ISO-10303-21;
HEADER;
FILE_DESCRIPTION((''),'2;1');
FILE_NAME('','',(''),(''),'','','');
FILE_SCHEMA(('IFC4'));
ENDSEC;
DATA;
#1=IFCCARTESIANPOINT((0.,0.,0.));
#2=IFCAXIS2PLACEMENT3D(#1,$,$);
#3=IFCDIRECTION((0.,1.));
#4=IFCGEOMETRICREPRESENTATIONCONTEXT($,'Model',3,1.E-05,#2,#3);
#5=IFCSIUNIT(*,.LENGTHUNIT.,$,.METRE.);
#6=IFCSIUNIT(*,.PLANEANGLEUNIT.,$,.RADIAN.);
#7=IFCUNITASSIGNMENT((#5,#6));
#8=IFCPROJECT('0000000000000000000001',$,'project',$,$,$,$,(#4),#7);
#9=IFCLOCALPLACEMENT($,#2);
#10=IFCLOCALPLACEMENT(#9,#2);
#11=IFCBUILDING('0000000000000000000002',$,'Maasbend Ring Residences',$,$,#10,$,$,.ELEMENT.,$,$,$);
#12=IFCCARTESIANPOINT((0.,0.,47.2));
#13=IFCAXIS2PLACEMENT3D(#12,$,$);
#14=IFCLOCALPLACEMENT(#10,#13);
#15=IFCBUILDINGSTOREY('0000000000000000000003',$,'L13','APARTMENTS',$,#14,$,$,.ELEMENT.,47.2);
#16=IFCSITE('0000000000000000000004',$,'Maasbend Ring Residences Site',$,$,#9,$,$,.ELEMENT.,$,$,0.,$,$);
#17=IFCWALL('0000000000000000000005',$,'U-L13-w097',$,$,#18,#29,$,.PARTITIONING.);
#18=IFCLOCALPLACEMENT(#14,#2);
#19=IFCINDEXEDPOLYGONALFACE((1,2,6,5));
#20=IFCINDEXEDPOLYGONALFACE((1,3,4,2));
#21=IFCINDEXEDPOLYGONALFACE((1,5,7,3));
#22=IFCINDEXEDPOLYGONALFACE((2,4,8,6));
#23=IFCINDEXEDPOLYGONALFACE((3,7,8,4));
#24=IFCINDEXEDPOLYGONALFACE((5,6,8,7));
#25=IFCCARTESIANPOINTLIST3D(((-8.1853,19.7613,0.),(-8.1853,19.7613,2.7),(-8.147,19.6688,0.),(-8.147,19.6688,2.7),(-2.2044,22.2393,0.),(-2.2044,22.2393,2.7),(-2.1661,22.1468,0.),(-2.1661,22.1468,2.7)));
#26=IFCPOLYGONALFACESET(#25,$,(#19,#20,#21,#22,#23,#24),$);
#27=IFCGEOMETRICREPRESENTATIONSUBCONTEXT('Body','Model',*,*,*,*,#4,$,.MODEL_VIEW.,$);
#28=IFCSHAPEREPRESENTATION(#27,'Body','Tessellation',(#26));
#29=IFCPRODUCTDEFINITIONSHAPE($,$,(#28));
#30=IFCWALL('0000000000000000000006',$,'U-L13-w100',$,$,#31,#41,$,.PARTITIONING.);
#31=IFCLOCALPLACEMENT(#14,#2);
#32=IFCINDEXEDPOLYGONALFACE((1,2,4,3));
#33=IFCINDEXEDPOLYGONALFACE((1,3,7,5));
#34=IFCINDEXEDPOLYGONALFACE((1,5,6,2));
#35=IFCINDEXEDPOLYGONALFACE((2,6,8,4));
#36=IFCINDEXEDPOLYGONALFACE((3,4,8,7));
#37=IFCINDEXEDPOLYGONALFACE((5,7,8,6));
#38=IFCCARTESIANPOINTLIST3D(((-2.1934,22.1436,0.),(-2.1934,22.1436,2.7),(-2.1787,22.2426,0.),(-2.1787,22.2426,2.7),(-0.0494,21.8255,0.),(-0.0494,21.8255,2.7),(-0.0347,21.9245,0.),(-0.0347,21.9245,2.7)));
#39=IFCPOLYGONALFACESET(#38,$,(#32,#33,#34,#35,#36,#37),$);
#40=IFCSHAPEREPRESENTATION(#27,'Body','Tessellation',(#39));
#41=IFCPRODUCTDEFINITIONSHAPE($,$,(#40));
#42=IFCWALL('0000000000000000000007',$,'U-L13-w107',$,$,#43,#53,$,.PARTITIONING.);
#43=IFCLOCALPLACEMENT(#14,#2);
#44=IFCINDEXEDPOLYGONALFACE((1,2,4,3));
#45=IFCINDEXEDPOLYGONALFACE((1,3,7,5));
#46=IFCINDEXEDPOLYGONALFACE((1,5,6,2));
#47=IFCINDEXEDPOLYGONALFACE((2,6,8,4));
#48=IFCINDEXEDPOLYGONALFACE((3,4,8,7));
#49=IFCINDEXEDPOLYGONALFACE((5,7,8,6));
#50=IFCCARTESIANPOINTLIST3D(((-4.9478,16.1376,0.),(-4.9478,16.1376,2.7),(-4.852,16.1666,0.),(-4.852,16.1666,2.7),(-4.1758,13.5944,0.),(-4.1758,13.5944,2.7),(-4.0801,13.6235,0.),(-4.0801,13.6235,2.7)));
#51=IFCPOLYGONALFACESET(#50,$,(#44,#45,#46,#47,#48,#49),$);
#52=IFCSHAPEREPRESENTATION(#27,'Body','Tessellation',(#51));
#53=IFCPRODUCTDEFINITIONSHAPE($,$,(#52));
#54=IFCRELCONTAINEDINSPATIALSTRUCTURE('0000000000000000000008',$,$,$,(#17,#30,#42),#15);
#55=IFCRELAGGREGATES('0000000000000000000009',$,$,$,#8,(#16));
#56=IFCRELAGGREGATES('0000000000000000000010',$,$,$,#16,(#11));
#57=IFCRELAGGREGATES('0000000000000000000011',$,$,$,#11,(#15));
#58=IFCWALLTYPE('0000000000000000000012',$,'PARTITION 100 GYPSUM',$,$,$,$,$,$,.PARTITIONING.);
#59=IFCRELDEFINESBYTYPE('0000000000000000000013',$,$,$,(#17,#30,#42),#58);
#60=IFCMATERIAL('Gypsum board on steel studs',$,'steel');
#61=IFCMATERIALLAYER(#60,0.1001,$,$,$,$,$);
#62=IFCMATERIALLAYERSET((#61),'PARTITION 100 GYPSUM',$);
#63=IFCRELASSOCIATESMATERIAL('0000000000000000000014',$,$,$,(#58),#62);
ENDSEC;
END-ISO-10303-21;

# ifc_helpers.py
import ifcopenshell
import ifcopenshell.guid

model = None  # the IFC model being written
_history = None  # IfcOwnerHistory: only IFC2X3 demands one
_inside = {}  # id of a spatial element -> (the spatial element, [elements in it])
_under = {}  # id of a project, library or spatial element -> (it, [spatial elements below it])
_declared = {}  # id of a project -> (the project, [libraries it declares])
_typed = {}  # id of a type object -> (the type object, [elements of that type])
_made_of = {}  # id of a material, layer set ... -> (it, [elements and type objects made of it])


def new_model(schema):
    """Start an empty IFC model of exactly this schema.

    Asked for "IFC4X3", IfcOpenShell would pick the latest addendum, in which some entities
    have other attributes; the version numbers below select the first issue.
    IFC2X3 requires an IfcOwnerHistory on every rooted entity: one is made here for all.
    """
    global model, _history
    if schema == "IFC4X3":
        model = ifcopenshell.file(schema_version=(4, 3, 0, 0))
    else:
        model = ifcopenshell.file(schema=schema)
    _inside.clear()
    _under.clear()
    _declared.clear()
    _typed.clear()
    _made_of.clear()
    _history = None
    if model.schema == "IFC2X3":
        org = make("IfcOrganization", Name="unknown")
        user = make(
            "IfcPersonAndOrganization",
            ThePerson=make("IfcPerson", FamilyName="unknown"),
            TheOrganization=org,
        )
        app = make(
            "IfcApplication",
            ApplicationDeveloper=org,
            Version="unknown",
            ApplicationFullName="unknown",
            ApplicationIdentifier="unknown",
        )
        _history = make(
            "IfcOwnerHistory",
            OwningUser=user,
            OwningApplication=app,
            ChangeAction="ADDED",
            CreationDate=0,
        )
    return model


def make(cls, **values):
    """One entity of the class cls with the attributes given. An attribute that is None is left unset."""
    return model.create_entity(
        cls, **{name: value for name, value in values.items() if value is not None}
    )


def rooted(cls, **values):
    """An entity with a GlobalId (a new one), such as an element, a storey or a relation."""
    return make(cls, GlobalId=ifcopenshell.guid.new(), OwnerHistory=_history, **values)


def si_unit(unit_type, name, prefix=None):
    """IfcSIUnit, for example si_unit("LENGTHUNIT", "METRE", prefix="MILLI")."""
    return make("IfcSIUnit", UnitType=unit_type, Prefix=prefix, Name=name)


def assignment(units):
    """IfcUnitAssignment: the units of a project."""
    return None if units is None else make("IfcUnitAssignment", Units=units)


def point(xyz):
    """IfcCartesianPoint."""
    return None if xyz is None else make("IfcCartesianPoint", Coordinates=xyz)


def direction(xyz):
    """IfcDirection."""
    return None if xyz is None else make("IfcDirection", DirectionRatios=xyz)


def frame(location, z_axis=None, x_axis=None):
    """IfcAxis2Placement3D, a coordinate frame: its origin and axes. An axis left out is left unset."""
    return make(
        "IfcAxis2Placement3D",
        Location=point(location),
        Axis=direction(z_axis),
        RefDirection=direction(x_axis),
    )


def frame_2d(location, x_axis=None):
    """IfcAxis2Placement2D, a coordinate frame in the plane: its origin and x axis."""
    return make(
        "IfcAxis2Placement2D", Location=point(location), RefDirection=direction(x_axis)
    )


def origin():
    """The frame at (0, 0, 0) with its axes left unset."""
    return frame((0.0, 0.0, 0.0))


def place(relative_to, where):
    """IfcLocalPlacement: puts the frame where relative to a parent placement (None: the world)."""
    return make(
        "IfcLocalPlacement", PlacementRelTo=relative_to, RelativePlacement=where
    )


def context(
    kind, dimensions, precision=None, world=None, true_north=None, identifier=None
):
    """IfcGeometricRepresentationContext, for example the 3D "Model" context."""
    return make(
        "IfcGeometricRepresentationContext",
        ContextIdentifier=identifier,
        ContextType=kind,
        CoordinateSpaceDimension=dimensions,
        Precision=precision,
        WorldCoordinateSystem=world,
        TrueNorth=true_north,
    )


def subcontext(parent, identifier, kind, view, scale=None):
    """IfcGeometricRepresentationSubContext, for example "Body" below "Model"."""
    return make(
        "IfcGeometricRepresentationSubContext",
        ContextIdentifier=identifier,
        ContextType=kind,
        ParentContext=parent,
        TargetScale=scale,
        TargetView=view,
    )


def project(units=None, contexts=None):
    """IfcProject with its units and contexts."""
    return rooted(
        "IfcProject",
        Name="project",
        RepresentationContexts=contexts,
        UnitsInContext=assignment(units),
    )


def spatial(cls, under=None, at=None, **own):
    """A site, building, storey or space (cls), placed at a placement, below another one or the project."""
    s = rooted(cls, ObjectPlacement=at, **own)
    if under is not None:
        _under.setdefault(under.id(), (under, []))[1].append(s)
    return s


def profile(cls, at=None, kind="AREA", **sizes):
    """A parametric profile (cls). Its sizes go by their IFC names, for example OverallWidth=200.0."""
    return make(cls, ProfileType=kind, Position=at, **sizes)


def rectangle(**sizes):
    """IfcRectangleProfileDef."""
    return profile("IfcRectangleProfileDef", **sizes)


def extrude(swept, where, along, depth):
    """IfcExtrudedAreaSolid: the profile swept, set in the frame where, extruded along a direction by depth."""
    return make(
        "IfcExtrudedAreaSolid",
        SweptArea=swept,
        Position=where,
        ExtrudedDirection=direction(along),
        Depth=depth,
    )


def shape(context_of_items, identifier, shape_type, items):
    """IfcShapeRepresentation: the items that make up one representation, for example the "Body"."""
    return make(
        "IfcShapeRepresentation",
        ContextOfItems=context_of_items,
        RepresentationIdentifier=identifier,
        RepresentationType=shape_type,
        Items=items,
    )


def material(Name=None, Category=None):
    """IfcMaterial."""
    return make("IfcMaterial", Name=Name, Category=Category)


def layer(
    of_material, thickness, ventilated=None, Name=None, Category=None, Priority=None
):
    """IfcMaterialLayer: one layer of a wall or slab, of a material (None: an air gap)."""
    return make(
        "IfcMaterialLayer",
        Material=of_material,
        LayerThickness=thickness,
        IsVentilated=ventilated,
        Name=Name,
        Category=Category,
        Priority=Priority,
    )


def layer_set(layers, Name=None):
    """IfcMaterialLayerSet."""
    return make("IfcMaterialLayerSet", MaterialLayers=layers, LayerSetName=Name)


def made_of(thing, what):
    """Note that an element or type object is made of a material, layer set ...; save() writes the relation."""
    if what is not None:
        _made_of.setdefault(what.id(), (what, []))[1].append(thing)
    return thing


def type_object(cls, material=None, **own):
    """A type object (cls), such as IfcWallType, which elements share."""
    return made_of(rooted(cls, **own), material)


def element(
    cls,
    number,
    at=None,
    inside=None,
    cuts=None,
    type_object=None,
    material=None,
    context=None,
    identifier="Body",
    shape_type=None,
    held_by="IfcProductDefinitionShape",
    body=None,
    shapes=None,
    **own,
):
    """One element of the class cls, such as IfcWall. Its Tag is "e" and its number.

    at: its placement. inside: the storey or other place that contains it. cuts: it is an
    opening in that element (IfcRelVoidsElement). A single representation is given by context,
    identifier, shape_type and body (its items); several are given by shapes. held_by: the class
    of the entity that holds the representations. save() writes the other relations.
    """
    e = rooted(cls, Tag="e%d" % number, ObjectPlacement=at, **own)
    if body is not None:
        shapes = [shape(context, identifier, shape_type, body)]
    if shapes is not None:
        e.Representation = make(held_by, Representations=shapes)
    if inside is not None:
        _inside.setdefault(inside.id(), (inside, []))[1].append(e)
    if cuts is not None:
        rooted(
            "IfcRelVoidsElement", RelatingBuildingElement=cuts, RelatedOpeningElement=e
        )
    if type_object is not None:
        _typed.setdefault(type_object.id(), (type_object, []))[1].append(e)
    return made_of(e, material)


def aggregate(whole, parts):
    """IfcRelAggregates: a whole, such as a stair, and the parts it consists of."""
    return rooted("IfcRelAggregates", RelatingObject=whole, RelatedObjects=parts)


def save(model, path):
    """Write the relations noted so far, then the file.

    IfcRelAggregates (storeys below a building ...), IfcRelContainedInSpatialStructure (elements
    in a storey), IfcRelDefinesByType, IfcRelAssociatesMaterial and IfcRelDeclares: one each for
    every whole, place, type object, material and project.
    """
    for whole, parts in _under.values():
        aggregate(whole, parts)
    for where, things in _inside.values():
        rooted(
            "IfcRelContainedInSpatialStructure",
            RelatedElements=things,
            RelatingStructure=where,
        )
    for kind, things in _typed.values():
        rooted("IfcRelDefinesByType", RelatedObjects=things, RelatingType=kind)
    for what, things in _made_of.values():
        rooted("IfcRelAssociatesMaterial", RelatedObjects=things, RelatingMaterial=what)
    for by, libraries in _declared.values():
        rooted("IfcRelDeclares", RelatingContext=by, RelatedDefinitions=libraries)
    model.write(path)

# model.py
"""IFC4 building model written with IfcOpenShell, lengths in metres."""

from ifc_helpers import new_model, si_unit, direction, frame, frame_2d, origin, place, context, subcontext, project, spatial, rectangle, extrude, material, layer, layer_set, type_object, element, save


model = new_model("IFC4")

# Units and contexts
model_context = context("Model", 3, precision=1e-05, world=origin(), true_north=direction((0.0, 1.0)))
body_context = subcontext(model_context, "Body", "Model", "MODEL_VIEW")
ifc_project = project(units=[si_unit("LENGTHUNIT", "METRE"), si_unit("PLANEANGLEUNIT", "RADIAN")], contexts=[model_context])

# Site, building, storey
site_placement = place(None, origin())
site = spatial("IfcSite", under=ifc_project, at=site_placement, Name="Maasbend Ring Residences Site", CompositionType="ELEMENT", RefElevation=0.0)
building_placement = place(site_placement, origin())
building = spatial("IfcBuilding", under=site, at=building_placement, Name="Maasbend Ring Residences", CompositionType="ELEMENT")
storey_placement = place(building_placement, frame((0.0, 0.0, 47.2)))
storey = spatial("IfcBuildingStorey", under=building, at=storey_placement, Name="L13", Description="APARTMENTS", CompositionType="ELEMENT", Elevation=47.2)

# Shared definitions
ifc_material_1 = material(Name="Gypsum board on steel studs", Category="steel")
ifc_layer_1 = layer(ifc_material_1, 0.1001)
ifc_layer_set_1 = layer_set([ifc_layer_1], Name="PARTITION 100 GYPSUM")
wall_type_1 = type_object("IfcWallType", Name="PARTITION 100 GYPSUM", PredefinedType="PARTITIONING", material=ifc_layer_set_1)

# Walls
wall_1_placement = place(storey_placement, frame((-8.166, 19.7151, 0.0), z_axis=(0.0, 0.0, 1.0), x_axis=(0.923845, 0.382767, 0.0)))
element("IfcWall", 1, at=wall_1_placement, inside=storey, type_object=wall_type_1, Name="U-L13-w097", PredefinedType="PARTITIONING", context=body_context, shape_type="SweptSolid", body=[
    extrude(rectangle(XDim=6.4739, YDim=0.1001, at=frame_2d((3.2368, 0.0))), origin(), (0.0, 0.0, 1.0), 2.7),
])
wall_2_placement = place(storey_placement, frame((-2.186, 22.1931, 0.0), z_axis=(0.0, 0.0, 1.0), x_axis=(0.989171, -0.146765, 0.0)))
element("IfcWall", 2, at=wall_2_placement, inside=storey, type_object=wall_type_1, Name="U-L13-w100", PredefinedType="PARTITIONING", context=body_context, shape_type="SweptSolid", body=[
    extrude(rectangle(XDim=2.1675, YDim=0.1001, at=frame_2d((1.0837, 0.0))), origin(), (0.0, 0.0, 1.0), 2.7),
])
wall_3_placement = place(storey_placement, frame((-4.8999, 16.1521, 0.0), z_axis=(0.0, 0.0, 1.0), x_axis=(0.290456, -0.956888, 0.0)))
element("IfcWall", 3, at=wall_3_placement, inside=storey, type_object=wall_type_1, Name="U-L13-w107", PredefinedType="PARTITIONING", context=body_context, shape_type="SweptSolid", body=[
    extrude(rectangle(XDim=2.6577, YDim=0.1001, at=frame_2d((1.3289, 0.0))), origin(), (0.0, 0.0, 1.0), 2.7),
])

save(model, "model.ifc")
